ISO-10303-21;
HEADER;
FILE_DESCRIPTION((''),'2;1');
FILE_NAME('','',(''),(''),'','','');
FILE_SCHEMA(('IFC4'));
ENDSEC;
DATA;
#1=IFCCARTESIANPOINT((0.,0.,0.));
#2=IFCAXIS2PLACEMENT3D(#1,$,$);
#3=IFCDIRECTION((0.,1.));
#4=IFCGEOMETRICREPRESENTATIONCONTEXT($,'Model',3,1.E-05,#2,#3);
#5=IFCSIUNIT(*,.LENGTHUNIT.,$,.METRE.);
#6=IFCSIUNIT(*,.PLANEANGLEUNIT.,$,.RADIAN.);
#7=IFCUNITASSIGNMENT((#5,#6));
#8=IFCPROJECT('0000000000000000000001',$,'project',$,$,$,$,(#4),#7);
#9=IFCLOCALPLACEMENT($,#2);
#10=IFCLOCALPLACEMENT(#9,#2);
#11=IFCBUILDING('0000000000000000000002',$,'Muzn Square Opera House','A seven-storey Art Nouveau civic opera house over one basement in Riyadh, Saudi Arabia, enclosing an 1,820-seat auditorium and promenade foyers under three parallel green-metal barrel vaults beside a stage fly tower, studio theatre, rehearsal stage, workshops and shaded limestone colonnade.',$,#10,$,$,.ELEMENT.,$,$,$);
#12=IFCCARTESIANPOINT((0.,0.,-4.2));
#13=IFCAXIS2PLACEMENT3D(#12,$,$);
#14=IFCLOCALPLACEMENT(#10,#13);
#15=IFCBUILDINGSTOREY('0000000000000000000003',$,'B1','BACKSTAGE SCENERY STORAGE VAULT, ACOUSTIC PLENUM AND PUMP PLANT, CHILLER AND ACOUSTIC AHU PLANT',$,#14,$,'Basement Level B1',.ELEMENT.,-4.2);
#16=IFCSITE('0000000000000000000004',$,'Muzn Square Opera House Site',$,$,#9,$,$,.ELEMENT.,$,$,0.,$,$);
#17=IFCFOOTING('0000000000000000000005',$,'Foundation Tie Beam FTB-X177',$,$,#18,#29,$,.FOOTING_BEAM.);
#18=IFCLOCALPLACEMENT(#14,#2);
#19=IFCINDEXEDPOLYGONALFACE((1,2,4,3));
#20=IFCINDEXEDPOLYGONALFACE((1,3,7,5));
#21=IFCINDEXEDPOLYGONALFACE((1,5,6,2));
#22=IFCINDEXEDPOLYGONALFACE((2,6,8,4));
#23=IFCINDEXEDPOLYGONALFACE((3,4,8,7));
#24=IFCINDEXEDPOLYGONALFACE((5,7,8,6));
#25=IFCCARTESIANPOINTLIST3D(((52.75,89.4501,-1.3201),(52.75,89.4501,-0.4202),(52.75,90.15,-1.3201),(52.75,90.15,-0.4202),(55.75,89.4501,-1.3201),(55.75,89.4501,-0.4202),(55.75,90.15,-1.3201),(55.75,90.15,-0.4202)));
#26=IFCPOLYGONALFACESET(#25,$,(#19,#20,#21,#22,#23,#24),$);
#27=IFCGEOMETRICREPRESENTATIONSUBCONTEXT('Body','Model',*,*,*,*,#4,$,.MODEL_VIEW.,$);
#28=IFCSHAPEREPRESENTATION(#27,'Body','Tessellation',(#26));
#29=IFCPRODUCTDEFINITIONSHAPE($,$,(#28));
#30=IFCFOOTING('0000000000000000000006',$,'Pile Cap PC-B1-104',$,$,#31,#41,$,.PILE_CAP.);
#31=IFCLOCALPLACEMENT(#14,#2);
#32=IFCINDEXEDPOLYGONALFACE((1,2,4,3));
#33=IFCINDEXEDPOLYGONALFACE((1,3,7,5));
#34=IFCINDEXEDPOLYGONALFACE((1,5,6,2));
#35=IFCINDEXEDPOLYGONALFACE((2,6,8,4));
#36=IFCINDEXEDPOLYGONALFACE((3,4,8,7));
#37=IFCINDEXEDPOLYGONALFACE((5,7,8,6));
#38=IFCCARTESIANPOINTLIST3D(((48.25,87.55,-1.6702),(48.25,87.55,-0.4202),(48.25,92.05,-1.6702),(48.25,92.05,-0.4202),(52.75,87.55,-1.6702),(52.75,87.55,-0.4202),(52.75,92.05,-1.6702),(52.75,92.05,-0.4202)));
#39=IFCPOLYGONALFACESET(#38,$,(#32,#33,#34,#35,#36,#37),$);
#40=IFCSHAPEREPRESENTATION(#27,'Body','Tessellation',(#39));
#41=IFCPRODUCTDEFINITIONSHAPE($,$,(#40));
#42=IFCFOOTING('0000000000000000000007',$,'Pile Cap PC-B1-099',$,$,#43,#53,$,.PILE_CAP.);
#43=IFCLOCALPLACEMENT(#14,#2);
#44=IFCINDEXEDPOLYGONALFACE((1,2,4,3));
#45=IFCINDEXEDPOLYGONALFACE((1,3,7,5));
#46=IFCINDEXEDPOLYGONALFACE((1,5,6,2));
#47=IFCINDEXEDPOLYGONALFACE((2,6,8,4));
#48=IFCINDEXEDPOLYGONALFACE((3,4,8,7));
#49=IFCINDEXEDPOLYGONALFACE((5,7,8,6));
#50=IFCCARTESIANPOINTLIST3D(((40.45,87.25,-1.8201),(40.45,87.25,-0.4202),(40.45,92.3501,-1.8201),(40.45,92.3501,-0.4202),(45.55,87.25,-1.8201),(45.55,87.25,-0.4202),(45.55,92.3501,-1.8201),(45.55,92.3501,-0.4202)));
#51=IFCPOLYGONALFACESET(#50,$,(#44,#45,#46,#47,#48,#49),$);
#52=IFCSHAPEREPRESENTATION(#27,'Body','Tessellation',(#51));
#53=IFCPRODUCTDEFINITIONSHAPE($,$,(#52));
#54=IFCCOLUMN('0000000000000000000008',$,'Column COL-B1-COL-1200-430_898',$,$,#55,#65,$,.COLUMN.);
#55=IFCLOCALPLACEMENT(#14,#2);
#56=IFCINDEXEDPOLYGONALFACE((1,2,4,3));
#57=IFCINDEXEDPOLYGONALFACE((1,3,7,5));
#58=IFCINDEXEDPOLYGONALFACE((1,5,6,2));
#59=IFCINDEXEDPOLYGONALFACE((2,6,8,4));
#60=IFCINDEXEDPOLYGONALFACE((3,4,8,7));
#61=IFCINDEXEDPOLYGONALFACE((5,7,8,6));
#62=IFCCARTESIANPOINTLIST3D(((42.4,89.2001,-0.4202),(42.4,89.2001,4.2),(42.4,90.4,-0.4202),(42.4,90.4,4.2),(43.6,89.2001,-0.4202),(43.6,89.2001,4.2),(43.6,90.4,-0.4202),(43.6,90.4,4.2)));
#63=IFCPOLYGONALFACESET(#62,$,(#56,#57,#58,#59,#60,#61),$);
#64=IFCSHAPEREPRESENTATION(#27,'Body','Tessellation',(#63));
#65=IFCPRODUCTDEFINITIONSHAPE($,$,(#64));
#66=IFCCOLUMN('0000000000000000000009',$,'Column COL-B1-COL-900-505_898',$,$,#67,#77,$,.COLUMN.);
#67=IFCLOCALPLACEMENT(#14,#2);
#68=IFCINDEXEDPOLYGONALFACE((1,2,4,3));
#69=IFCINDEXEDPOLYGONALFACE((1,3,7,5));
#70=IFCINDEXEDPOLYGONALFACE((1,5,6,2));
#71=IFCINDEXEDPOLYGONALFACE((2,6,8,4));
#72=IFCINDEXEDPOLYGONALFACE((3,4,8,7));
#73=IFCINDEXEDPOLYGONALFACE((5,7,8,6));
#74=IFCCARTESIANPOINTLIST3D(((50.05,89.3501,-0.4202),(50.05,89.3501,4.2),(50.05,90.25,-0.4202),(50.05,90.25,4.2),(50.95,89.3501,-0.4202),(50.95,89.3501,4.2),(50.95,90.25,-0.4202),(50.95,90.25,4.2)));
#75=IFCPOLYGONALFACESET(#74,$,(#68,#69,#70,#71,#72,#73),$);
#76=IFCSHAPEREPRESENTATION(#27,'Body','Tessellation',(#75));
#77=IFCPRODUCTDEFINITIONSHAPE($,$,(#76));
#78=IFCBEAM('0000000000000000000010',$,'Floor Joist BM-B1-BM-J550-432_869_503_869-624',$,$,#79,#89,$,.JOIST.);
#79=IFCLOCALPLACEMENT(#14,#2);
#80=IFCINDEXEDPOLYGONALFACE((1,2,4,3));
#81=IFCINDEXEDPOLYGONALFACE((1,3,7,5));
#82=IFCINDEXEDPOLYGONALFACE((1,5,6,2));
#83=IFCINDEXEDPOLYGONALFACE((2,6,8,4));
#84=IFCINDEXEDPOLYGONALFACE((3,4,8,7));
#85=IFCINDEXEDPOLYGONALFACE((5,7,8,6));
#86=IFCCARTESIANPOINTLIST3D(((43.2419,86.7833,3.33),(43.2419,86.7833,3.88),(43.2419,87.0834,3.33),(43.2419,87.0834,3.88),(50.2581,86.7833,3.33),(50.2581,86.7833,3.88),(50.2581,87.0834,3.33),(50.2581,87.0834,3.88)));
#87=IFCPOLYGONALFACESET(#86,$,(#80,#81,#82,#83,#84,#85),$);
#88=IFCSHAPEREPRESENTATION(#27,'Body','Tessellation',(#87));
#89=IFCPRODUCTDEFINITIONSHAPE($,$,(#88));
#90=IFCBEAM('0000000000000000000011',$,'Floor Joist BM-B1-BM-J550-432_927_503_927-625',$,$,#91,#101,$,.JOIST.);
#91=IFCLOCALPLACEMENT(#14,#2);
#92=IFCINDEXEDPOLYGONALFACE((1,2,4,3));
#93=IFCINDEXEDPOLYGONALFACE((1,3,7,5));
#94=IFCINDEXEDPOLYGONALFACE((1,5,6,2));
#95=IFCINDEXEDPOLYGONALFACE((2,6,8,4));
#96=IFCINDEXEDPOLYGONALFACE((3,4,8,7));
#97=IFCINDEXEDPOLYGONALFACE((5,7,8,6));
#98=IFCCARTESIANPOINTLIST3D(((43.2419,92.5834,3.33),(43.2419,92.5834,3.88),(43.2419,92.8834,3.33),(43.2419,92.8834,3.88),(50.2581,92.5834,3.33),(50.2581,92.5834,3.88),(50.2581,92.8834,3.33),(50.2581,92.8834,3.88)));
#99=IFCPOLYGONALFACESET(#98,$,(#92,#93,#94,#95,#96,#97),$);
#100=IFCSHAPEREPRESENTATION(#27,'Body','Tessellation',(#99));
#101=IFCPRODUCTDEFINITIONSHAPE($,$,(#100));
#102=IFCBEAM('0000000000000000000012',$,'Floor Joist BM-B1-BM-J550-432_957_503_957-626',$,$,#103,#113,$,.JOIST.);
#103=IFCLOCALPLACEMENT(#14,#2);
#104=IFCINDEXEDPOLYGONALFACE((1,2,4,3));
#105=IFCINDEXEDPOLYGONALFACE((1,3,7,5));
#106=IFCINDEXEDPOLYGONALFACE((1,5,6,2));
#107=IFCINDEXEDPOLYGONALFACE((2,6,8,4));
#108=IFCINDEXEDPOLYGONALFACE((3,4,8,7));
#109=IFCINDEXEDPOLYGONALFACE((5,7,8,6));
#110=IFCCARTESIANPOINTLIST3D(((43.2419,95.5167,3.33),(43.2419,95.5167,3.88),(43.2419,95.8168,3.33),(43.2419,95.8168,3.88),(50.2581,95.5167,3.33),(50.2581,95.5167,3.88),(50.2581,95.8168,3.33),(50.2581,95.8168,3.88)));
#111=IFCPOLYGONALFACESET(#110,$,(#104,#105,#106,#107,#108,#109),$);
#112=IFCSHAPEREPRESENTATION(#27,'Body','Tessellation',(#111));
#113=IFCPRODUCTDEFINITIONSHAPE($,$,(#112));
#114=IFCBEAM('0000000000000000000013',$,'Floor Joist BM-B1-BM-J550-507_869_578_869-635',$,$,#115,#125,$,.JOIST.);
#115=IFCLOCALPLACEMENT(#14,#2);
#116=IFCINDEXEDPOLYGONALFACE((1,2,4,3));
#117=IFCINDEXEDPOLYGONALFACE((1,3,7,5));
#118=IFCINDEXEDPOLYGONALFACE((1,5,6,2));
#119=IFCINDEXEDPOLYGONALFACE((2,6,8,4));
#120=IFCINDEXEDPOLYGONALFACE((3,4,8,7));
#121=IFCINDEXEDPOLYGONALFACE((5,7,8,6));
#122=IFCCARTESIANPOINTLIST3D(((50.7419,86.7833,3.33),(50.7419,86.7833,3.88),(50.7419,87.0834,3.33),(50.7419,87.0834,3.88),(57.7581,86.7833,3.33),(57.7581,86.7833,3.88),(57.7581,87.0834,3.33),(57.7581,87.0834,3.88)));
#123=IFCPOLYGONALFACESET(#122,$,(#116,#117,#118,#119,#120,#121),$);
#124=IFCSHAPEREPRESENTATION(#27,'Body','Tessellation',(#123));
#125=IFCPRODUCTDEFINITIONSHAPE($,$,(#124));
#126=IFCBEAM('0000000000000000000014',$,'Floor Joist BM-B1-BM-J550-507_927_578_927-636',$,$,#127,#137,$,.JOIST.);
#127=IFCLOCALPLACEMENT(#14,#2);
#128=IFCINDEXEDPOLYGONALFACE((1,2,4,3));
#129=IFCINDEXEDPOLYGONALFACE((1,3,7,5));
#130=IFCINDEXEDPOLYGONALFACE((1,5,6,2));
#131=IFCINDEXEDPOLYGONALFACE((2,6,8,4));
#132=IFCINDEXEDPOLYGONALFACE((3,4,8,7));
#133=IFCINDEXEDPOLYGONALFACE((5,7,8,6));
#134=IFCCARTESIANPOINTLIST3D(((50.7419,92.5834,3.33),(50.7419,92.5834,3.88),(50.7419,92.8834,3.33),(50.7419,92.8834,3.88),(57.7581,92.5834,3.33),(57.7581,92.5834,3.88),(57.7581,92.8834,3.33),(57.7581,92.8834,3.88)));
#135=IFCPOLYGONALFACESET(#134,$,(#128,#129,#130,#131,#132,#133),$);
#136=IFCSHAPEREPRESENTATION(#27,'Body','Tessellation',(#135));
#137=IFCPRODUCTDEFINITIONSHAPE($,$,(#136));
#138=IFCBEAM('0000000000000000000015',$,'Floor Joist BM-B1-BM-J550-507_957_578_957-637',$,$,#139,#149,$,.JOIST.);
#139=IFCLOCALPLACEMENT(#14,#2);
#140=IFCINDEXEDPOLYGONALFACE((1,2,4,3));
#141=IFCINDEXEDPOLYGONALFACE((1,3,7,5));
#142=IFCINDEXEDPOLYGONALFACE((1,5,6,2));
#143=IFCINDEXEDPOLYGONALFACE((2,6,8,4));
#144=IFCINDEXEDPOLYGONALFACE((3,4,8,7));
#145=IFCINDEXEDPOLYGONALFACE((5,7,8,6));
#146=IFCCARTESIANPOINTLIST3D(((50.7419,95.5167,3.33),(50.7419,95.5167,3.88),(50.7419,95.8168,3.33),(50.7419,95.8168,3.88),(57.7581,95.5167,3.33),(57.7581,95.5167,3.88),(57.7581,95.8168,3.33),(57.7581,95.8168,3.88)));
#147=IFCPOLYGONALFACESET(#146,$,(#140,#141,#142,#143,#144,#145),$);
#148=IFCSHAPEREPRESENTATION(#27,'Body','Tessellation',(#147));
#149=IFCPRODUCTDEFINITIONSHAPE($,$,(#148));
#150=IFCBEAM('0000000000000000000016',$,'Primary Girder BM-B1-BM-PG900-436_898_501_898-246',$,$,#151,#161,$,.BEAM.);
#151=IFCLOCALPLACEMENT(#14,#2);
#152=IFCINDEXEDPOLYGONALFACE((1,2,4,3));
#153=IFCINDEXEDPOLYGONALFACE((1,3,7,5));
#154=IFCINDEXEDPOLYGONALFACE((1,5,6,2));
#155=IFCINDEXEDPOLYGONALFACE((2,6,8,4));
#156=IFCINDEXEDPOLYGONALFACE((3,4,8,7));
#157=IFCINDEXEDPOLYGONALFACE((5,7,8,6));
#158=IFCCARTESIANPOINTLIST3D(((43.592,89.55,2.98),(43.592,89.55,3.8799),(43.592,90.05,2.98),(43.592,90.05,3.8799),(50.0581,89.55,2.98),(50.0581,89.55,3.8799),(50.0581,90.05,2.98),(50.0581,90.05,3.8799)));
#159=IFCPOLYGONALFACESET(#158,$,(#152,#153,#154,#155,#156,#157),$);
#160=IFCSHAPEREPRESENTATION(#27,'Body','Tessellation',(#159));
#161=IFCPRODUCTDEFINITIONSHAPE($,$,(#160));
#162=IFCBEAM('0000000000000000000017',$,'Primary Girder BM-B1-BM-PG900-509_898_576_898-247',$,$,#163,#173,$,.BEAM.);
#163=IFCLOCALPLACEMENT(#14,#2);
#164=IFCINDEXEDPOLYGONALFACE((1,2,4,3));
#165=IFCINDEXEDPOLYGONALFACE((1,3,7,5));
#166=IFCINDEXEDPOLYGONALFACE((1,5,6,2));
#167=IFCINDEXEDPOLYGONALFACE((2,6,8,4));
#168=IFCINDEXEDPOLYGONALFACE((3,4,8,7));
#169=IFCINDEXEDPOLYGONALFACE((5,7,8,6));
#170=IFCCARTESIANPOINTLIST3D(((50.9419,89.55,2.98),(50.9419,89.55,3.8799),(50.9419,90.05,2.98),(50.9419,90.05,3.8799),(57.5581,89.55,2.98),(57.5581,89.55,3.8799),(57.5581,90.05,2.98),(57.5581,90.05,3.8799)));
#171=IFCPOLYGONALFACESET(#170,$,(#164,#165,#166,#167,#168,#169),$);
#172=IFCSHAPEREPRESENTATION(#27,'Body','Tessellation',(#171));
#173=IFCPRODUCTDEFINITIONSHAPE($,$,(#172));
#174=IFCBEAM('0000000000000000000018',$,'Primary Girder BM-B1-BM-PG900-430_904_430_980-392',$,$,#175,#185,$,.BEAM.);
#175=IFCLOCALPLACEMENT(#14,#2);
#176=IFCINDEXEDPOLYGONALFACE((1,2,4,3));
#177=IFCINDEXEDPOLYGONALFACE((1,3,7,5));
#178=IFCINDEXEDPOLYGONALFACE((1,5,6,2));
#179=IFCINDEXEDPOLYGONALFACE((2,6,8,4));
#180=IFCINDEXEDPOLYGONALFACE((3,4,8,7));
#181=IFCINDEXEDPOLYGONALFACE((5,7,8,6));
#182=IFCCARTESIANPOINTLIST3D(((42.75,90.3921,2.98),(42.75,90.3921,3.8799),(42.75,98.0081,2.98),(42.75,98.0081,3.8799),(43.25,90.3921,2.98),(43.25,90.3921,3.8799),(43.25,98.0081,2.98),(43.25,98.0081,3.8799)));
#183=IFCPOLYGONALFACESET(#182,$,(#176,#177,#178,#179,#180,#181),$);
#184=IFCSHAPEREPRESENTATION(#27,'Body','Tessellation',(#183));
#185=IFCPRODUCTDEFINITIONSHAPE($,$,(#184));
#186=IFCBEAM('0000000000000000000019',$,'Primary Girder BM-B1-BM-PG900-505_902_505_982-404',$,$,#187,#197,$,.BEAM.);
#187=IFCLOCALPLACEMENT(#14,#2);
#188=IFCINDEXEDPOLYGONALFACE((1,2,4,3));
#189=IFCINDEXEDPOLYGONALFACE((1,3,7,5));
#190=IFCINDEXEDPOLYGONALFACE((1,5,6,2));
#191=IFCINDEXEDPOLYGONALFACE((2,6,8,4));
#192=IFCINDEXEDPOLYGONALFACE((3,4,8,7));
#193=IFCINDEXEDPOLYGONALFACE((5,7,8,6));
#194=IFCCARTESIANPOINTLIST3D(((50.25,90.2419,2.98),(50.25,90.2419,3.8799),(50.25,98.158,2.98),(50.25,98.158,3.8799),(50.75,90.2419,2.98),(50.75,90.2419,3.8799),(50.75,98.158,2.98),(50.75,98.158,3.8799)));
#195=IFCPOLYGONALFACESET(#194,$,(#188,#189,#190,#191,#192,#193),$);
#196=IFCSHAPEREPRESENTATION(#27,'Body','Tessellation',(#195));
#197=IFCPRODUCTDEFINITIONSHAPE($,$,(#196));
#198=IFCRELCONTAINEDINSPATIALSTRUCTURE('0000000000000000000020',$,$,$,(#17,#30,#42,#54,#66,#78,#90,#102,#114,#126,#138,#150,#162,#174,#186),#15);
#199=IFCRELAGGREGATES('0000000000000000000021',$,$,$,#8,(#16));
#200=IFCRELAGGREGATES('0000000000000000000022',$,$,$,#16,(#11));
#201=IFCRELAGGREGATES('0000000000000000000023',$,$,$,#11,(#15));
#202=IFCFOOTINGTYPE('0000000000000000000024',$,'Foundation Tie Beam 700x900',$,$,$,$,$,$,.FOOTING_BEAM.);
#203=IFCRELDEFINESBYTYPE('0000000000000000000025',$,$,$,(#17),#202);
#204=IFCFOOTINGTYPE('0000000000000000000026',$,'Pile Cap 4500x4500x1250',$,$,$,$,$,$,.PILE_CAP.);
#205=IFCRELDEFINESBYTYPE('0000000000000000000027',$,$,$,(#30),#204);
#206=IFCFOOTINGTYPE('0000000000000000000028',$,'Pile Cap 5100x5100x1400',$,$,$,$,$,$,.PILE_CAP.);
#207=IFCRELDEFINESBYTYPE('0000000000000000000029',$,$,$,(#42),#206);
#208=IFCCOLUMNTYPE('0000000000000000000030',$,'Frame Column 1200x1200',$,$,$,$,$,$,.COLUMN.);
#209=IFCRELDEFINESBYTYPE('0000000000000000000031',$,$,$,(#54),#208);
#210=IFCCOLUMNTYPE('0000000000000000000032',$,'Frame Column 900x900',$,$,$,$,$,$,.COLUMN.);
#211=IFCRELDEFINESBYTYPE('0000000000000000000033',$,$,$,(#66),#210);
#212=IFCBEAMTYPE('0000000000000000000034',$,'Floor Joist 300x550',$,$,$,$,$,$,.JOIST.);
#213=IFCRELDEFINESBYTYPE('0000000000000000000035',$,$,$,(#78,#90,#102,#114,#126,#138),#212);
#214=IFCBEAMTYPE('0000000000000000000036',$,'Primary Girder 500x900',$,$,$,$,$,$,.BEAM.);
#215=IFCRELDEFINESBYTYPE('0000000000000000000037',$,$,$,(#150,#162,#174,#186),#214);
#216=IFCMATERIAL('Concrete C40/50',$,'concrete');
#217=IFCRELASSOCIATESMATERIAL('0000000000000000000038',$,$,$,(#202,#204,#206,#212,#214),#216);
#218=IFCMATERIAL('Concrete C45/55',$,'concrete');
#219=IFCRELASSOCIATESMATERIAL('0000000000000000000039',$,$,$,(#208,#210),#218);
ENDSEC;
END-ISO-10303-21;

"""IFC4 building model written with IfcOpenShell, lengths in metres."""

from ifc_helpers import new_model, si_unit, direction, frame, origin, origin_2d, place, context, subcontext, project, spatial, rectangle, extrude, material, material_profile, profile_set, type_object, element, save


model = new_model("IFC4")

# Units and contexts
model_context = context("Model", 3, precision=1e-05, world=origin(), true_north=direction((0.0, 1.0)))
body_context = subcontext(model_context, "Body", "Model", "MODEL_VIEW")
ifc_project = project(units=[si_unit("LENGTHUNIT", "METRE"), si_unit("PLANEANGLEUNIT", "RADIAN")], contexts=[model_context])

# Site, building, storey
site_placement = place(None, origin())
site = spatial("IfcSite", under=ifc_project, at=site_placement, Name="Muzn Square Opera House Site", CompositionType="ELEMENT", RefElevation=0.0)
building_placement = place(site_placement, origin())
building = spatial("IfcBuilding", under=site, at=building_placement, Name="Muzn Square Opera House", Description="A seven-storey Art Nouveau civic opera house over one basement in Riyadh, Saudi Arabia, enclosing an 1,820-seat auditorium and promenade foyers under three parallel green-metal barrel vaults beside a stage fly tower, studio theatre, rehearsal stage, workshops and shaded limestone colonnade.", CompositionType="ELEMENT")
storey_placement = place(building_placement, frame((0.0, 0.0, -4.2)))
storey = spatial("IfcBuildingStorey", under=building, at=storey_placement, Name="B1", Description="BACKSTAGE SCENERY STORAGE VAULT, ACOUSTIC PLENUM AND PUMP PLANT, CHILLER AND ACOUSTIC AHU PLANT", LongName="Basement Level B1", CompositionType="ELEMENT", Elevation=-4.2)

# Shared definitions
ifc_material_1 = material(Name="Concrete C40/50", Category="concrete")

# Footings
ifc_material_profile_1 = material_profile(ifc_material_1, rectangle(XDim=0.7, YDim=0.8999, at=origin_2d()), Name="RCTB 700x900", Category="concrete")
ifc_profile_set_1 = profile_set([ifc_material_profile_1], Name="Concrete C40/50")
footing_type_1 = type_object("IfcFootingType", Name="Foundation Tie Beam 700x900", PredefinedType="FOOTING_BEAM", material=ifc_profile_set_1)
footing_1_placement = place(storey_placement, frame((52.75, 89.8, -0.8701), z_axis=(1.0, 0.0, 0.0), x_axis=(0.0, 1.0, 0.0)))
element("IfcFooting", 1, at=footing_1_placement, inside=storey, type_object=footing_type_1, Name="Foundation Tie Beam FTB-X177", PredefinedType="FOOTING_BEAM", context=body_context, shape_type="SweptSolid", body=[
    extrude(rectangle(XDim=0.7, YDim=0.8999, at=origin_2d()), origin(), (0.0, 0.0, 1.0), 3.0),
])
footing_type_2 = type_object("IfcFootingType", Name="Pile Cap 4500x4500x1250", PredefinedType="PILE_CAP", material=ifc_material_1)
footing_2_placement = place(storey_placement, frame((50.5, 89.8, -1.6702), z_axis=(0.0, 0.0, 1.0), x_axis=(1.0, 0.0, 0.0)))
element("IfcFooting", 2, at=footing_2_placement, inside=storey, type_object=footing_type_2, Name="Pile Cap PC-B1-104", PredefinedType="PILE_CAP", context=body_context, shape_type="SweptSolid", body=[
    extrude(rectangle(XDim=4.5, YDim=4.5, at=origin_2d()), origin(), (0.0, 0.0, 1.0), 1.25),
])
footing_type_3 = type_object("IfcFootingType", Name="Pile Cap 5100x5100x1400", PredefinedType="PILE_CAP", material=ifc_material_1)
footing_3_placement = place(storey_placement, frame((43.0, 89.8, -1.8201), z_axis=(0.0, 0.0, 1.0), x_axis=(1.0, 0.0, 0.0)))
element("IfcFooting", 3, at=footing_3_placement, inside=storey, type_object=footing_type_3, Name="Pile Cap PC-B1-099", PredefinedType="PILE_CAP", context=body_context, shape_type="SweptSolid", body=[
    extrude(rectangle(XDim=5.1001, YDim=5.1001, at=origin_2d()), origin(), (0.0, 0.0, 1.0), 1.3999),
])

# Columns
ifc_material_2 = material(Name="Concrete C45/55", Category="concrete")
ifc_material_profile_2 = material_profile(ifc_material_2, rectangle(XDim=1.2, YDim=1.2, at=origin_2d()), Name="RC 1200x1200", Category="concrete")
ifc_profile_set_2 = profile_set([ifc_material_profile_2], Name="Concrete C45/55")
column_type_1 = type_object("IfcColumnType", Name="Frame Column 1200x1200", PredefinedType="COLUMN", material=ifc_profile_set_2)
column_1_placement = place(storey_placement, frame((43.0, 89.8, -0.4202), z_axis=(0.0, 0.0, 1.0), x_axis=(1.0, 0.0, 0.0)))
element("IfcColumn", 4, at=column_1_placement, inside=storey, type_object=column_type_1, Name="Column COL-B1-COL-1200-430_898", PredefinedType="COLUMN", context=body_context, shape_type="SweptSolid", body=[
    extrude(rectangle(XDim=1.2, YDim=1.2, at=origin_2d()), origin(), (0.0, 0.0, 1.0), 4.6201),
])
ifc_material_profile_3 = material_profile(ifc_material_2, rectangle(XDim=0.8999, YDim=0.8999, at=origin_2d()), Name="RC 900x900", Category="concrete")
ifc_profile_set_3 = profile_set([ifc_material_profile_3], Name="Concrete C45/55")
column_type_2 = type_object("IfcColumnType", Name="Frame Column 900x900", PredefinedType="COLUMN", material=ifc_profile_set_3)
column_2_placement = place(storey_placement, frame((50.5, 89.8, -0.4202), z_axis=(0.0, 0.0, 1.0), x_axis=(1.0, 0.0, 0.0)))
element("IfcColumn", 5, at=column_2_placement, inside=storey, type_object=column_type_2, Name="Column COL-B1-COL-900-505_898", PredefinedType="COLUMN", context=body_context, shape_type="SweptSolid", body=[
    extrude(rectangle(XDim=0.8999, YDim=0.8999, at=origin_2d()), origin(), (0.0, 0.0, 1.0), 4.6201),
])

# Beams
ifc_material_profile_4 = material_profile(ifc_material_1, rectangle(XDim=0.3, YDim=0.55, at=origin_2d()), Name="RCJ 300x550", Category="concrete")
ifc_profile_set_4 = profile_set([ifc_material_profile_4], Name="Concrete C40/50")
beam_type_1 = type_object("IfcBeamType", Name="Floor Joist 300x550", PredefinedType="JOIST", material=ifc_profile_set_4)
for number, where, z_axis, x_axis, name in (
    (6, (43.2419, 86.9333, 3.605), (1.0, 0.0, 0.0), (0.0, 1.0, 0.0), "Floor Joist BM-B1-BM-J550-432_869_503_869-624"),
    (7, (43.2419, 92.7334, 3.605), (1.0, 0.0, 0.0), (0.0, 1.0, 0.0), "Floor Joist BM-B1-BM-J550-432_927_503_927-625"),
    (8, (43.2419, 95.6667, 3.605), (1.0, 0.0, 0.0), (0.0, 1.0, 0.0), "Floor Joist BM-B1-BM-J550-432_957_503_957-626"),
    (9, (50.7419, 86.9333, 3.605), (1.0, 0.0, 0.0), (0.0, 1.0, 0.0), "Floor Joist BM-B1-BM-J550-507_869_578_869-635"),
    (10, (50.7419, 92.7334, 3.605), (1.0, 0.0, 0.0), (0.0, 1.0, 0.0), "Floor Joist BM-B1-BM-J550-507_927_578_927-636"),
    (11, (50.7419, 95.6667, 3.605), (1.0, 0.0, 0.0), (0.0, 1.0, 0.0), "Floor Joist BM-B1-BM-J550-507_957_578_957-637"),
):
    element("IfcBeam", number, at=place(storey_placement, frame(where, z_axis=z_axis, x_axis=x_axis)), inside=storey, type_object=beam_type_1, Name=name, PredefinedType="JOIST", context=body_context, shape_type="SweptSolid", body=[
        extrude(rectangle(XDim=0.3, YDim=0.55, at=origin_2d()), origin(), (0.0, 0.0, 1.0), 7.0161),
    ])
ifc_material_profile_5 = material_profile(ifc_material_1, rectangle(XDim=0.5, YDim=0.8999, at=origin_2d()), Name="RCB 500x900", Category="concrete")
ifc_profile_set_5 = profile_set([ifc_material_profile_5], Name="Concrete C40/50")
beam_type_2 = type_object("IfcBeamType", Name="Primary Girder 500x900", PredefinedType="BEAM", material=ifc_profile_set_5)
beam_1_placement = place(storey_placement, frame((43.592, 89.8, 3.4299), z_axis=(1.0, 0.0, 0.0), x_axis=(0.0, 1.0, 0.0)))
element("IfcBeam", 12, at=beam_1_placement, inside=storey, type_object=beam_type_2, Name="Primary Girder BM-B1-BM-PG900-436_898_501_898-246", PredefinedType="BEAM", context=body_context, shape_type="SweptSolid", body=[
    extrude(rectangle(XDim=0.5, YDim=0.8999, at=origin_2d()), origin(), (0.0, 0.0, 1.0), 6.4661),
])
beam_2_placement = place(storey_placement, frame((50.9419, 89.8, 3.4299), z_axis=(1.0, 0.0, 0.0), x_axis=(0.0, 1.0, 0.0)))
element("IfcBeam", 13, at=beam_2_placement, inside=storey, type_object=beam_type_2, Name="Primary Girder BM-B1-BM-PG900-509_898_576_898-247", PredefinedType="BEAM", context=body_context, shape_type="SweptSolid", body=[
    extrude(rectangle(XDim=0.5, YDim=0.8999, at=origin_2d()), origin(), (0.0, 0.0, 1.0), 6.6162),
])
beam_3_placement = place(storey_placement, frame((43.0, 90.3921, 3.4299), z_axis=(0.0, 1.0, 0.0), x_axis=(-1.0, 0.0, 0.0)))
element("IfcBeam", 14, at=beam_3_placement, inside=storey, type_object=beam_type_2, Name="Primary Girder BM-B1-BM-PG900-430_904_430_980-392", PredefinedType="BEAM", context=body_context, shape_type="SweptSolid", body=[
    extrude(rectangle(XDim=0.5, YDim=0.8999, at=origin_2d()), origin(), (0.0, 0.0, 1.0), 7.616),
])
beam_4_placement = place(storey_placement, frame((50.5, 90.2419, 3.4299), z_axis=(0.0, 1.0, 0.0), x_axis=(-1.0, 0.0, 0.0)))
element("IfcBeam", 15, at=beam_4_placement, inside=storey, type_object=beam_type_2, Name="Primary Girder BM-B1-BM-PG900-505_902_505_982-404", PredefinedType="BEAM", context=body_context, shape_type="SweptSolid", body=[
    extrude(rectangle(XDim=0.5, YDim=0.8999, at=origin_2d()), origin(), (0.0, 0.0, 1.0), 7.916),
])

save(model, "model.ifc")
